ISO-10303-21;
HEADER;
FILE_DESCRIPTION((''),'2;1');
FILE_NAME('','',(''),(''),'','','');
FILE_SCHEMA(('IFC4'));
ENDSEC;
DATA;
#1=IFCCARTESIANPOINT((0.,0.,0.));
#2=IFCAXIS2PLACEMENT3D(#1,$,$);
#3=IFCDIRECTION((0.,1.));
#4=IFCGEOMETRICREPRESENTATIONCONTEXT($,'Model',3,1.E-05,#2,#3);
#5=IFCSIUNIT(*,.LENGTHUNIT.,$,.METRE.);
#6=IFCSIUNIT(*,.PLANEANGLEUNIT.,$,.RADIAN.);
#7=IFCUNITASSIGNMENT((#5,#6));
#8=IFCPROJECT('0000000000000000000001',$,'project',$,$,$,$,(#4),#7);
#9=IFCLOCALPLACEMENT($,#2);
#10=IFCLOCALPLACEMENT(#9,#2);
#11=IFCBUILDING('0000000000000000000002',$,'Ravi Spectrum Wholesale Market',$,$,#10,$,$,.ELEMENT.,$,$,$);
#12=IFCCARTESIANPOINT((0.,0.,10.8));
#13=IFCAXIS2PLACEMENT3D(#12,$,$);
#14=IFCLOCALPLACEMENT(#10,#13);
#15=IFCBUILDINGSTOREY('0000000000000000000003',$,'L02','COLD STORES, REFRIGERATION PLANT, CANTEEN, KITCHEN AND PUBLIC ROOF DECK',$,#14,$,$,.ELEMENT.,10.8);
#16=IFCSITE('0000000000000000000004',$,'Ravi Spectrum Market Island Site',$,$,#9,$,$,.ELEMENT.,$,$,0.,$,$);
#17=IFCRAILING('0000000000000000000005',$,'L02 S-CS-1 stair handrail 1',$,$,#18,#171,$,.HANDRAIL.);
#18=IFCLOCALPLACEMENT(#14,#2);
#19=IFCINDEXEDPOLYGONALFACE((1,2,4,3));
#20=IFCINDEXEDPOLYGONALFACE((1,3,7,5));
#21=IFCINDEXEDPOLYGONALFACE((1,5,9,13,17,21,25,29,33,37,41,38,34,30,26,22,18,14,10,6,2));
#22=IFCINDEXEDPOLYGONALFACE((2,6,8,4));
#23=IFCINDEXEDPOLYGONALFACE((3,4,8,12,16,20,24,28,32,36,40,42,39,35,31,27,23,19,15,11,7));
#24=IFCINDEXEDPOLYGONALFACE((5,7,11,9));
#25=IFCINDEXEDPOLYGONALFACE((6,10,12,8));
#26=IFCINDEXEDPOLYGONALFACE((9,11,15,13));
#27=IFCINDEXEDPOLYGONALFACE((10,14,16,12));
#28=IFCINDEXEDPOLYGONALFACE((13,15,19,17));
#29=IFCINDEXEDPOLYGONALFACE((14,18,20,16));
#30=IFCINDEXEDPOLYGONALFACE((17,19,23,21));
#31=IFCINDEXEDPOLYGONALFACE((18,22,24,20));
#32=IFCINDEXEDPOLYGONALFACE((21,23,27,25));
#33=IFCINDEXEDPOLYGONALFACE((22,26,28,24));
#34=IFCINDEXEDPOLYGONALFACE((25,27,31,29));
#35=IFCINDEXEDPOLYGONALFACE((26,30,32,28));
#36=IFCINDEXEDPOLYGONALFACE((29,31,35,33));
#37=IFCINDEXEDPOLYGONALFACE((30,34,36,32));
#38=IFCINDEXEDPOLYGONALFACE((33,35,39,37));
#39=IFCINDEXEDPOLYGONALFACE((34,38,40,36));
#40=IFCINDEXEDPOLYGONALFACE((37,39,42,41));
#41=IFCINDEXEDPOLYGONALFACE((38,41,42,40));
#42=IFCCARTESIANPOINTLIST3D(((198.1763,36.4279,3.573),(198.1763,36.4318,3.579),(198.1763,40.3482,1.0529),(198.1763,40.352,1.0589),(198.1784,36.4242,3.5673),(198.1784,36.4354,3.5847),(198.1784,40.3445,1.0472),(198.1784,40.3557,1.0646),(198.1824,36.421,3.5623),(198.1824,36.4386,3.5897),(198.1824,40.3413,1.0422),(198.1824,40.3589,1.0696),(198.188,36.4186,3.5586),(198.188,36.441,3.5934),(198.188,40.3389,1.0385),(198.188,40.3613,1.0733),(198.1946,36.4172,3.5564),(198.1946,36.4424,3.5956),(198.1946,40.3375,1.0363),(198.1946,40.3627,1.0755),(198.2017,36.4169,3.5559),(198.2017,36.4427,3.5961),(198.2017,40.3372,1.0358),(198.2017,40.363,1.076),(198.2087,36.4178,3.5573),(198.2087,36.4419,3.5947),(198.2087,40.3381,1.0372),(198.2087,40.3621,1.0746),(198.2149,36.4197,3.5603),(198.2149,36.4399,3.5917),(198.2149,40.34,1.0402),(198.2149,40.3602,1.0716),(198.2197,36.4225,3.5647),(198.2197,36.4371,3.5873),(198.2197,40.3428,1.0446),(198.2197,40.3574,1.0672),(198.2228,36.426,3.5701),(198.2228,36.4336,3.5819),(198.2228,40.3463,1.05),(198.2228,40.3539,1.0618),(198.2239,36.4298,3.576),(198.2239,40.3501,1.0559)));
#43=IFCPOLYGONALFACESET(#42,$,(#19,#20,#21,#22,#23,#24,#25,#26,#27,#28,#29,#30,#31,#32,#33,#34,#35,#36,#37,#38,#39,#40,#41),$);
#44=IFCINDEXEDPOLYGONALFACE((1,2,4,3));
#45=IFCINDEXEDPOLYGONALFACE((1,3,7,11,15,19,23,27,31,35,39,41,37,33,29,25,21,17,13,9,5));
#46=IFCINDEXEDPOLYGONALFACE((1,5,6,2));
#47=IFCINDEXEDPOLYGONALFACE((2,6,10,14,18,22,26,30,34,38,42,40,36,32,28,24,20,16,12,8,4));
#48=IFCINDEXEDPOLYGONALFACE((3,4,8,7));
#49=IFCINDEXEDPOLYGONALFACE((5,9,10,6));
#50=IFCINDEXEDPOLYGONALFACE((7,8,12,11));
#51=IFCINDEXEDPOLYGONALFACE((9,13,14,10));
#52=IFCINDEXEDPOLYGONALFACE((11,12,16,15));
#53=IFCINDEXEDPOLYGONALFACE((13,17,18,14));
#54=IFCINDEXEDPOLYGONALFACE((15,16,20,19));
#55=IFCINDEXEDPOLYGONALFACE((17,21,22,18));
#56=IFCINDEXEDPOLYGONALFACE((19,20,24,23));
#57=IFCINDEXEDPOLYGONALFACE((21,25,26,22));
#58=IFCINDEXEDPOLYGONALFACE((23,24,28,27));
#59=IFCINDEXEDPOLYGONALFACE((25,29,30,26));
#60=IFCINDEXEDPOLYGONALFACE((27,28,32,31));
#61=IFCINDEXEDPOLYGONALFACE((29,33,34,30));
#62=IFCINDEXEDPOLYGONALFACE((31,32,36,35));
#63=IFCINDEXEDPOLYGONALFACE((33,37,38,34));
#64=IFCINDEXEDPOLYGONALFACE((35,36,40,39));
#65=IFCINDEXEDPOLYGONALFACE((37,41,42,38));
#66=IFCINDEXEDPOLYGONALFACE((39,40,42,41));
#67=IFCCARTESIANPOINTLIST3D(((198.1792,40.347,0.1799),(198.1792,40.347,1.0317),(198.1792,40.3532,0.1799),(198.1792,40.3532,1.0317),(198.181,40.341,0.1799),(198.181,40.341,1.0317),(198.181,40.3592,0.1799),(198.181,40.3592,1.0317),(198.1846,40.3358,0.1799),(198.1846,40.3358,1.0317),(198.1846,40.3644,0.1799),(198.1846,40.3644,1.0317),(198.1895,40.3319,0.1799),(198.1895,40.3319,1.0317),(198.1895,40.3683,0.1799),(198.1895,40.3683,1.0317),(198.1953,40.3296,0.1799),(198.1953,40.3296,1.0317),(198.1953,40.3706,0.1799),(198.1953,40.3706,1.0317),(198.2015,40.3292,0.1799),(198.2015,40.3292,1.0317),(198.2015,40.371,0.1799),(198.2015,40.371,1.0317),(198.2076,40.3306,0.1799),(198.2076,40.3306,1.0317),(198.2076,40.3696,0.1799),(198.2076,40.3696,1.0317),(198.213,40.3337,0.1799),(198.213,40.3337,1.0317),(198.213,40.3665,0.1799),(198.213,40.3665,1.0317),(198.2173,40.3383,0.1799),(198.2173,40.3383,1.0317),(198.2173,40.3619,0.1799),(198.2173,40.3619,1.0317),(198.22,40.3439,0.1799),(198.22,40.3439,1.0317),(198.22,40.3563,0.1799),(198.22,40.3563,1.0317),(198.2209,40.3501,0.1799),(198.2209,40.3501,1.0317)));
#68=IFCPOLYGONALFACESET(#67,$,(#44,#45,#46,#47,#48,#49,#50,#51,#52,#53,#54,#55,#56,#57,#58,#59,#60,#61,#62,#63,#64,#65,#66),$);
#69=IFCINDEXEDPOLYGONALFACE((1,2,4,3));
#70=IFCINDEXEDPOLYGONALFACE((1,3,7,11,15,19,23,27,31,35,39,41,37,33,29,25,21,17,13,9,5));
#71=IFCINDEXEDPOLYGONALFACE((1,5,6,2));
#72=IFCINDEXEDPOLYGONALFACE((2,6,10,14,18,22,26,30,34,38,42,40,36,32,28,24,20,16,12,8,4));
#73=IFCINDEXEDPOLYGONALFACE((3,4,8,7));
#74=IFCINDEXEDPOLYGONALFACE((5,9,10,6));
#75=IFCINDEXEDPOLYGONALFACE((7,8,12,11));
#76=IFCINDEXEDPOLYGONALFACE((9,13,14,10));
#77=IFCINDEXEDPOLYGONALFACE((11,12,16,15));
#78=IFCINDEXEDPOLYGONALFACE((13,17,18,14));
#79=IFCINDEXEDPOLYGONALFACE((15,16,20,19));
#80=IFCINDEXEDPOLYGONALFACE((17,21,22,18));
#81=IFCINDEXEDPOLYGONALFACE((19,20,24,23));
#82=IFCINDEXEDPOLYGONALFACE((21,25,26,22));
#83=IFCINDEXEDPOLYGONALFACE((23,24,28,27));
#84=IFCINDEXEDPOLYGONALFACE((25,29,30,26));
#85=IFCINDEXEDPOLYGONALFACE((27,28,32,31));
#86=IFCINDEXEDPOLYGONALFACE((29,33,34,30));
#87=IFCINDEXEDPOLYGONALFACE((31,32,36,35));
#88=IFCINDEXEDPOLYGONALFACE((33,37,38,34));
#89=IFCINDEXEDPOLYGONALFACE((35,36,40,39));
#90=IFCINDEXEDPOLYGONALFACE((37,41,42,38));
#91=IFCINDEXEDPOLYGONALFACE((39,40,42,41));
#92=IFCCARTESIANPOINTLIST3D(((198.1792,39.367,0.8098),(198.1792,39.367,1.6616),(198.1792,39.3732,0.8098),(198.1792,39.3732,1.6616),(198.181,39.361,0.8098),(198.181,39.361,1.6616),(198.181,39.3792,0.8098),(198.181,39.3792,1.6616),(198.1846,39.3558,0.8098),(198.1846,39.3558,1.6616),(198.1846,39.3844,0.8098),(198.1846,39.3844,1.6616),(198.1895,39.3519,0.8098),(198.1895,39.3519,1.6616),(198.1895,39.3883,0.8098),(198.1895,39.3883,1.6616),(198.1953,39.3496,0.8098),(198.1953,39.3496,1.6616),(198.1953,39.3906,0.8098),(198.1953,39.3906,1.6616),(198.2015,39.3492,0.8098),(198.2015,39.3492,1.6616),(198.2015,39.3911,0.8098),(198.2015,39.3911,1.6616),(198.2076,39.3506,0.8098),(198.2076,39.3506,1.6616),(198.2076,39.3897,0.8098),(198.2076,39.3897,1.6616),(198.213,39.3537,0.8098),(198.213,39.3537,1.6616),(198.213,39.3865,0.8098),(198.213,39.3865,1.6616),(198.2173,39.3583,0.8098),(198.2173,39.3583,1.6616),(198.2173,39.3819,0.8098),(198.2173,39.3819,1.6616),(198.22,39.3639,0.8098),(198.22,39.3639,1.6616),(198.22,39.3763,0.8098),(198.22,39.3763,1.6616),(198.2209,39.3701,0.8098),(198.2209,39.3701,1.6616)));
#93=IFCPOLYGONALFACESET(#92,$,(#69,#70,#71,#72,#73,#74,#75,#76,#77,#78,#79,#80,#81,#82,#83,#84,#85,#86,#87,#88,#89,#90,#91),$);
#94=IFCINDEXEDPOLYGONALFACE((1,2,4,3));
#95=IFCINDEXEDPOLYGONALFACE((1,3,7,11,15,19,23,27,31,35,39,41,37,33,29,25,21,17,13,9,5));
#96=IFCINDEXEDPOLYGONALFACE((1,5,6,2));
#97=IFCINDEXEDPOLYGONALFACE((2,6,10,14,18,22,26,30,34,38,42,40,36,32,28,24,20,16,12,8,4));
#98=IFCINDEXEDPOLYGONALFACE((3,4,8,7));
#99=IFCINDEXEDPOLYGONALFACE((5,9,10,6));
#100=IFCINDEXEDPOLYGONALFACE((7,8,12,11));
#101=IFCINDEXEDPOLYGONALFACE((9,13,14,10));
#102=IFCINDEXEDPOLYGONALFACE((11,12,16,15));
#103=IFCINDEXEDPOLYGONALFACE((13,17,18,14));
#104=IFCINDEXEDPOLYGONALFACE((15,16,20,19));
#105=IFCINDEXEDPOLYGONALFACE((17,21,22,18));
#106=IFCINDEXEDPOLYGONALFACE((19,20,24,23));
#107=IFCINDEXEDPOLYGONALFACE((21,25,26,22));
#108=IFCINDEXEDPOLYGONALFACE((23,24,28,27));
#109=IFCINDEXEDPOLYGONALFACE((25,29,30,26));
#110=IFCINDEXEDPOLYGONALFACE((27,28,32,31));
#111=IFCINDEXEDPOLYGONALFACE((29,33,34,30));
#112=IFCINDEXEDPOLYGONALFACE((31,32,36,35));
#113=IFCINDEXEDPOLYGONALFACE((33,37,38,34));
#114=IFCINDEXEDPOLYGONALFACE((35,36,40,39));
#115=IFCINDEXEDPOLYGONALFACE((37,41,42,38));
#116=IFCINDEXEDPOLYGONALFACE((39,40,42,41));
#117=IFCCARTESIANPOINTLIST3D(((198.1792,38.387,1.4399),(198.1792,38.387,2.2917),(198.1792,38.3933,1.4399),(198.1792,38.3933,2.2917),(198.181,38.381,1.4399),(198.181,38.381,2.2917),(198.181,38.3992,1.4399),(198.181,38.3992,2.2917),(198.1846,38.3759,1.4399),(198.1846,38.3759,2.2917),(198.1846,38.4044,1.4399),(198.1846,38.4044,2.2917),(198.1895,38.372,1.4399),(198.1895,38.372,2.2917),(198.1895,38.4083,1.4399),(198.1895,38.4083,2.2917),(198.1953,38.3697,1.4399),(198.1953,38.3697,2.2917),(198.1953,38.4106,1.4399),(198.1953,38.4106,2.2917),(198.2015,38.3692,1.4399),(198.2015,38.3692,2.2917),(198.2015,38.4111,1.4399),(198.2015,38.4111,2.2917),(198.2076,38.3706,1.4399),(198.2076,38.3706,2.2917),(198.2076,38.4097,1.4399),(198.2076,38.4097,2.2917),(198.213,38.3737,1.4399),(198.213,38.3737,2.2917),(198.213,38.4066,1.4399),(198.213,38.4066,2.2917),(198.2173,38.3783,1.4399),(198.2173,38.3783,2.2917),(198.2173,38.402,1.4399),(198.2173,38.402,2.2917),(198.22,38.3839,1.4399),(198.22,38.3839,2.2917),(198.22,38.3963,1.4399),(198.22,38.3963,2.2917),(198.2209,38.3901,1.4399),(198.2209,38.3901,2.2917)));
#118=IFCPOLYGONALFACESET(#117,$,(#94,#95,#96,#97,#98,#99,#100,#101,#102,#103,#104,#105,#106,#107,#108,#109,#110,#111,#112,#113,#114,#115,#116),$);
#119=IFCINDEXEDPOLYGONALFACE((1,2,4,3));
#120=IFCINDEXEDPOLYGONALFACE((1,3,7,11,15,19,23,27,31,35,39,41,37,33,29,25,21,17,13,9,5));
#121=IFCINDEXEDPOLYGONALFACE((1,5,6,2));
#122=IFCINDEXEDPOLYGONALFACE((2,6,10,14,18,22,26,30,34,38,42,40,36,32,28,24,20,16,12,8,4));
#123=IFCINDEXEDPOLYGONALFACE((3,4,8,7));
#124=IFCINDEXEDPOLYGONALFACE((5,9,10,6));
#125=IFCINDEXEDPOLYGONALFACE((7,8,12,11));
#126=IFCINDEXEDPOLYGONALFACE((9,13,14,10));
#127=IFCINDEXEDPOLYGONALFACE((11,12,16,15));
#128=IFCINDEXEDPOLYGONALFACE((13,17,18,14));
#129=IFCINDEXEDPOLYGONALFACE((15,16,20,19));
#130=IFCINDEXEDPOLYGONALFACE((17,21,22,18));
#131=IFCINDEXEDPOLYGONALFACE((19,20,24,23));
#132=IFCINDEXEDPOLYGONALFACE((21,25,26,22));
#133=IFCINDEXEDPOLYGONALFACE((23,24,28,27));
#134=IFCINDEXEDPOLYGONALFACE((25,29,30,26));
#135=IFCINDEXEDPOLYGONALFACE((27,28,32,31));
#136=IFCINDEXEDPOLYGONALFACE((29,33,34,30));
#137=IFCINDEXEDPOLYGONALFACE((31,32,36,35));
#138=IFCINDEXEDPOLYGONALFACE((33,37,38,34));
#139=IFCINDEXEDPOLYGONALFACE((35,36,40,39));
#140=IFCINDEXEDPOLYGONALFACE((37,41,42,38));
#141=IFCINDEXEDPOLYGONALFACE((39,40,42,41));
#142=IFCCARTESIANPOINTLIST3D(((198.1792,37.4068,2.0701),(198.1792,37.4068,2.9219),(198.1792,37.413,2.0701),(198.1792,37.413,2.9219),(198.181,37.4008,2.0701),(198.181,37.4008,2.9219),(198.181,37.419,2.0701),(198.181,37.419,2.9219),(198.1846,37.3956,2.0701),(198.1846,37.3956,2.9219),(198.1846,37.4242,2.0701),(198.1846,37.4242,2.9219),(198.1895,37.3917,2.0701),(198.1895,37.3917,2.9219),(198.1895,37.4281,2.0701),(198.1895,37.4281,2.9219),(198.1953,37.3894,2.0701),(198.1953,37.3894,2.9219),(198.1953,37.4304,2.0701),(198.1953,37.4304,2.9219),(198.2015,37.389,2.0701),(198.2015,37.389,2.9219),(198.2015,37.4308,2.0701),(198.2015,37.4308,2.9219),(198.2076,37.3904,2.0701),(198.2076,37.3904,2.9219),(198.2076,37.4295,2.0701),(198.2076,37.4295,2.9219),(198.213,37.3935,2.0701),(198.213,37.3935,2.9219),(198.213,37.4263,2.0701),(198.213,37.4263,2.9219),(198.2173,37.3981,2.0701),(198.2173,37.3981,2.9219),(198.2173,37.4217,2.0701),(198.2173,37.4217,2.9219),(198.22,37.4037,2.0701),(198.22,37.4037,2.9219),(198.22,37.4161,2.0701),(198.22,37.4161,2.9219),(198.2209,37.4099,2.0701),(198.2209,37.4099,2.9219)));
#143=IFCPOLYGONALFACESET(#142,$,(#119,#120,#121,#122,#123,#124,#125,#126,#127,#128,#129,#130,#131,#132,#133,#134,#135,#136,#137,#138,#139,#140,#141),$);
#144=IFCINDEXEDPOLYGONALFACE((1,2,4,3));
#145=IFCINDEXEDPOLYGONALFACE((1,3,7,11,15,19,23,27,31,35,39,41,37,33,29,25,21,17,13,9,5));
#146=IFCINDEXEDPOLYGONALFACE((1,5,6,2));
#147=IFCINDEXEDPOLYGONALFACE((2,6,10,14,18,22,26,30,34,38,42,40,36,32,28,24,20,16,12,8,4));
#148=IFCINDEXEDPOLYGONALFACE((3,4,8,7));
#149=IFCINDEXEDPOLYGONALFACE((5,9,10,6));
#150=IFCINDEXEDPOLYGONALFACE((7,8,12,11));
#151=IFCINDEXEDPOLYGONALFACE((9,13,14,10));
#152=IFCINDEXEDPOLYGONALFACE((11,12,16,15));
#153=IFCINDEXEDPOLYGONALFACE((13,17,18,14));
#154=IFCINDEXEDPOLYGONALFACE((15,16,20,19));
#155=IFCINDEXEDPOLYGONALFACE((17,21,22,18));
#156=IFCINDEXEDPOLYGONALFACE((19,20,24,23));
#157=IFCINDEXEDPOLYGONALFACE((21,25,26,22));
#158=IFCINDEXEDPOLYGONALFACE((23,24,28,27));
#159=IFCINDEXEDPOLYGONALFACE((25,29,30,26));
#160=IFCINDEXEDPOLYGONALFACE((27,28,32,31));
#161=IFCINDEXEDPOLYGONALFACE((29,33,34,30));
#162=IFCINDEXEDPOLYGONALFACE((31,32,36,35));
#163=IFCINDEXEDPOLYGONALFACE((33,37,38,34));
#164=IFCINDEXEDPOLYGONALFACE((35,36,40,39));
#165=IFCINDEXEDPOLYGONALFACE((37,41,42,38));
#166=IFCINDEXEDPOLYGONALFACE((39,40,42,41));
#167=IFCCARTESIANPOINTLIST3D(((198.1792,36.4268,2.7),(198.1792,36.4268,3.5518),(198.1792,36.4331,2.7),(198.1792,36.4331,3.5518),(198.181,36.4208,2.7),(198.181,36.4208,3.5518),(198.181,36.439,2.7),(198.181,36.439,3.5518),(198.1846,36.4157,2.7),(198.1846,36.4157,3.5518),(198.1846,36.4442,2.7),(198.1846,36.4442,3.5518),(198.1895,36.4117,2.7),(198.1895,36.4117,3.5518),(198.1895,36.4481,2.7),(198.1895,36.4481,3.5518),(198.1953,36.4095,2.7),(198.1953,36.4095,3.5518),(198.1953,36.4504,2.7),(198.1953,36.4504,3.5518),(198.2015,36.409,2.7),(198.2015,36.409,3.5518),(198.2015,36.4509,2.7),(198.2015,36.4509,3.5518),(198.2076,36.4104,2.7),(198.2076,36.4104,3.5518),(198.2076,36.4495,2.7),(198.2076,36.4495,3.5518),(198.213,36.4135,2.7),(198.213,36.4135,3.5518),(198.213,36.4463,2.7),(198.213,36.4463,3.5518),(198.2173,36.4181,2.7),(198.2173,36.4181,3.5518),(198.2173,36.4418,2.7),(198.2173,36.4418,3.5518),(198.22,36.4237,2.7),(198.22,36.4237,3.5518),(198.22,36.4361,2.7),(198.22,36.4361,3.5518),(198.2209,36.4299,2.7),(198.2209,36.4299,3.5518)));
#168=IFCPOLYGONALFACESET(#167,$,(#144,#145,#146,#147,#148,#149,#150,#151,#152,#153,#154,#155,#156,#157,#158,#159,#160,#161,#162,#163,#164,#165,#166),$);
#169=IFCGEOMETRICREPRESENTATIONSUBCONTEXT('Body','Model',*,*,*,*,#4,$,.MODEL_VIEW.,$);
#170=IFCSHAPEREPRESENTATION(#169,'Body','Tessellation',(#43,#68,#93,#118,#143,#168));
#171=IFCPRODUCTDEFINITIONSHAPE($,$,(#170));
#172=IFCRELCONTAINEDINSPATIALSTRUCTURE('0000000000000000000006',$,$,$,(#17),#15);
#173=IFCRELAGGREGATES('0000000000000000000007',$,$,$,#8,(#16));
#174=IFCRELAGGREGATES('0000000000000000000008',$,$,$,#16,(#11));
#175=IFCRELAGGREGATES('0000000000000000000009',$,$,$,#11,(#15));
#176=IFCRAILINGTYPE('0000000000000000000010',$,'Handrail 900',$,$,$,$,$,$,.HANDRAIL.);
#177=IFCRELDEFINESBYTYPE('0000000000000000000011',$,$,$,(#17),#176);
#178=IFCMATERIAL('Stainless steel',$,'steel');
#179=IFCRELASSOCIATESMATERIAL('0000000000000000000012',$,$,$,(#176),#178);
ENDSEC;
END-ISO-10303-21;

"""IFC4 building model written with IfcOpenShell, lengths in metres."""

from ifc_helpers import new_model, si_unit, direction, frame, origin, origin_2d, place, context, subcontext, project, spatial, circle, extrude, material, type_object, element, save


model = new_model("IFC4")

# Units and contexts
model_context = context("Model", 3, precision=1e-05, world=origin(), true_north=direction((0.0, 1.0)))
body_context = subcontext(model_context, "Body", "Model", "MODEL_VIEW")
ifc_project = project(units=[si_unit("LENGTHUNIT", "METRE"), si_unit("PLANEANGLEUNIT", "RADIAN")], contexts=[model_context])

# Site, building, storey
site_placement = place(None, origin())
site = spatial("IfcSite", under=ifc_project, at=site_placement, Name="Ravi Spectrum Market Island Site", CompositionType="ELEMENT", RefElevation=0.0)
building_placement = place(site_placement, origin())
building = spatial("IfcBuilding", under=site, at=building_placement, Name="Ravi Spectrum Wholesale Market", CompositionType="ELEMENT")
storey_placement = place(building_placement, frame((0.0, 0.0, 10.8)))
storey = spatial("IfcBuildingStorey", under=building, at=storey_placement, Name="L02", Description="COLD STORES, REFRIGERATION PLANT, CANTEEN, KITCHEN AND PUBLIC ROOF DECK", CompositionType="ELEMENT", Elevation=10.8)

# Railing
ifc_material_1 = material(Name="Stainless steel", Category="steel")
railing_type_1 = type_object("IfcRailingType", Name="Handrail 900", PredefinedType="HANDRAIL", material=ifc_material_1)
railing_1_placement = place(storey_placement, frame((198.2, 40.3501, 0.1799)))
element("IfcRailing", 1, at=railing_1_placement, inside=storey, type_object=railing_type_1, Name="L02 S-CS-1 stair handrail 1", PredefinedType="HANDRAIL", context=body_context, shape_type="SweptSolid", body=[
    extrude(circle(Radius=0.0239, at=origin_2d()), frame((0.0, 0.0, 0.876), z_axis=(0.0, -0.841187, 0.540744), x_axis=(1.0, 0.0, 0.0)), (0.0, 0.0, 1.0), 4.6604),
    extrude(circle(Radius=0.021, at=origin_2d()), origin(), (0.0, 0.0, 1.0), 0.8518),
    extrude(circle(Radius=0.021, at=origin_2d()), frame((0.0, -0.98, 0.6299)), (0.0, 0.0, 1.0), 0.8518),
    extrude(circle(Radius=0.021, at=origin_2d()), frame((0.0, -1.96, 1.26)), (0.0, 0.0, 1.0), 0.8518),
    extrude(circle(Radius=0.021, at=origin_2d()), frame((0.0, -2.9402, 1.8901)), (0.0, 0.0, 1.0), 0.8518),
    extrude(circle(Radius=0.021, at=origin_2d()), frame((0.0, -3.9202, 2.52)), (0.0, 0.0, 1.0), 0.8518),
])

save(model, "model.ifc")
